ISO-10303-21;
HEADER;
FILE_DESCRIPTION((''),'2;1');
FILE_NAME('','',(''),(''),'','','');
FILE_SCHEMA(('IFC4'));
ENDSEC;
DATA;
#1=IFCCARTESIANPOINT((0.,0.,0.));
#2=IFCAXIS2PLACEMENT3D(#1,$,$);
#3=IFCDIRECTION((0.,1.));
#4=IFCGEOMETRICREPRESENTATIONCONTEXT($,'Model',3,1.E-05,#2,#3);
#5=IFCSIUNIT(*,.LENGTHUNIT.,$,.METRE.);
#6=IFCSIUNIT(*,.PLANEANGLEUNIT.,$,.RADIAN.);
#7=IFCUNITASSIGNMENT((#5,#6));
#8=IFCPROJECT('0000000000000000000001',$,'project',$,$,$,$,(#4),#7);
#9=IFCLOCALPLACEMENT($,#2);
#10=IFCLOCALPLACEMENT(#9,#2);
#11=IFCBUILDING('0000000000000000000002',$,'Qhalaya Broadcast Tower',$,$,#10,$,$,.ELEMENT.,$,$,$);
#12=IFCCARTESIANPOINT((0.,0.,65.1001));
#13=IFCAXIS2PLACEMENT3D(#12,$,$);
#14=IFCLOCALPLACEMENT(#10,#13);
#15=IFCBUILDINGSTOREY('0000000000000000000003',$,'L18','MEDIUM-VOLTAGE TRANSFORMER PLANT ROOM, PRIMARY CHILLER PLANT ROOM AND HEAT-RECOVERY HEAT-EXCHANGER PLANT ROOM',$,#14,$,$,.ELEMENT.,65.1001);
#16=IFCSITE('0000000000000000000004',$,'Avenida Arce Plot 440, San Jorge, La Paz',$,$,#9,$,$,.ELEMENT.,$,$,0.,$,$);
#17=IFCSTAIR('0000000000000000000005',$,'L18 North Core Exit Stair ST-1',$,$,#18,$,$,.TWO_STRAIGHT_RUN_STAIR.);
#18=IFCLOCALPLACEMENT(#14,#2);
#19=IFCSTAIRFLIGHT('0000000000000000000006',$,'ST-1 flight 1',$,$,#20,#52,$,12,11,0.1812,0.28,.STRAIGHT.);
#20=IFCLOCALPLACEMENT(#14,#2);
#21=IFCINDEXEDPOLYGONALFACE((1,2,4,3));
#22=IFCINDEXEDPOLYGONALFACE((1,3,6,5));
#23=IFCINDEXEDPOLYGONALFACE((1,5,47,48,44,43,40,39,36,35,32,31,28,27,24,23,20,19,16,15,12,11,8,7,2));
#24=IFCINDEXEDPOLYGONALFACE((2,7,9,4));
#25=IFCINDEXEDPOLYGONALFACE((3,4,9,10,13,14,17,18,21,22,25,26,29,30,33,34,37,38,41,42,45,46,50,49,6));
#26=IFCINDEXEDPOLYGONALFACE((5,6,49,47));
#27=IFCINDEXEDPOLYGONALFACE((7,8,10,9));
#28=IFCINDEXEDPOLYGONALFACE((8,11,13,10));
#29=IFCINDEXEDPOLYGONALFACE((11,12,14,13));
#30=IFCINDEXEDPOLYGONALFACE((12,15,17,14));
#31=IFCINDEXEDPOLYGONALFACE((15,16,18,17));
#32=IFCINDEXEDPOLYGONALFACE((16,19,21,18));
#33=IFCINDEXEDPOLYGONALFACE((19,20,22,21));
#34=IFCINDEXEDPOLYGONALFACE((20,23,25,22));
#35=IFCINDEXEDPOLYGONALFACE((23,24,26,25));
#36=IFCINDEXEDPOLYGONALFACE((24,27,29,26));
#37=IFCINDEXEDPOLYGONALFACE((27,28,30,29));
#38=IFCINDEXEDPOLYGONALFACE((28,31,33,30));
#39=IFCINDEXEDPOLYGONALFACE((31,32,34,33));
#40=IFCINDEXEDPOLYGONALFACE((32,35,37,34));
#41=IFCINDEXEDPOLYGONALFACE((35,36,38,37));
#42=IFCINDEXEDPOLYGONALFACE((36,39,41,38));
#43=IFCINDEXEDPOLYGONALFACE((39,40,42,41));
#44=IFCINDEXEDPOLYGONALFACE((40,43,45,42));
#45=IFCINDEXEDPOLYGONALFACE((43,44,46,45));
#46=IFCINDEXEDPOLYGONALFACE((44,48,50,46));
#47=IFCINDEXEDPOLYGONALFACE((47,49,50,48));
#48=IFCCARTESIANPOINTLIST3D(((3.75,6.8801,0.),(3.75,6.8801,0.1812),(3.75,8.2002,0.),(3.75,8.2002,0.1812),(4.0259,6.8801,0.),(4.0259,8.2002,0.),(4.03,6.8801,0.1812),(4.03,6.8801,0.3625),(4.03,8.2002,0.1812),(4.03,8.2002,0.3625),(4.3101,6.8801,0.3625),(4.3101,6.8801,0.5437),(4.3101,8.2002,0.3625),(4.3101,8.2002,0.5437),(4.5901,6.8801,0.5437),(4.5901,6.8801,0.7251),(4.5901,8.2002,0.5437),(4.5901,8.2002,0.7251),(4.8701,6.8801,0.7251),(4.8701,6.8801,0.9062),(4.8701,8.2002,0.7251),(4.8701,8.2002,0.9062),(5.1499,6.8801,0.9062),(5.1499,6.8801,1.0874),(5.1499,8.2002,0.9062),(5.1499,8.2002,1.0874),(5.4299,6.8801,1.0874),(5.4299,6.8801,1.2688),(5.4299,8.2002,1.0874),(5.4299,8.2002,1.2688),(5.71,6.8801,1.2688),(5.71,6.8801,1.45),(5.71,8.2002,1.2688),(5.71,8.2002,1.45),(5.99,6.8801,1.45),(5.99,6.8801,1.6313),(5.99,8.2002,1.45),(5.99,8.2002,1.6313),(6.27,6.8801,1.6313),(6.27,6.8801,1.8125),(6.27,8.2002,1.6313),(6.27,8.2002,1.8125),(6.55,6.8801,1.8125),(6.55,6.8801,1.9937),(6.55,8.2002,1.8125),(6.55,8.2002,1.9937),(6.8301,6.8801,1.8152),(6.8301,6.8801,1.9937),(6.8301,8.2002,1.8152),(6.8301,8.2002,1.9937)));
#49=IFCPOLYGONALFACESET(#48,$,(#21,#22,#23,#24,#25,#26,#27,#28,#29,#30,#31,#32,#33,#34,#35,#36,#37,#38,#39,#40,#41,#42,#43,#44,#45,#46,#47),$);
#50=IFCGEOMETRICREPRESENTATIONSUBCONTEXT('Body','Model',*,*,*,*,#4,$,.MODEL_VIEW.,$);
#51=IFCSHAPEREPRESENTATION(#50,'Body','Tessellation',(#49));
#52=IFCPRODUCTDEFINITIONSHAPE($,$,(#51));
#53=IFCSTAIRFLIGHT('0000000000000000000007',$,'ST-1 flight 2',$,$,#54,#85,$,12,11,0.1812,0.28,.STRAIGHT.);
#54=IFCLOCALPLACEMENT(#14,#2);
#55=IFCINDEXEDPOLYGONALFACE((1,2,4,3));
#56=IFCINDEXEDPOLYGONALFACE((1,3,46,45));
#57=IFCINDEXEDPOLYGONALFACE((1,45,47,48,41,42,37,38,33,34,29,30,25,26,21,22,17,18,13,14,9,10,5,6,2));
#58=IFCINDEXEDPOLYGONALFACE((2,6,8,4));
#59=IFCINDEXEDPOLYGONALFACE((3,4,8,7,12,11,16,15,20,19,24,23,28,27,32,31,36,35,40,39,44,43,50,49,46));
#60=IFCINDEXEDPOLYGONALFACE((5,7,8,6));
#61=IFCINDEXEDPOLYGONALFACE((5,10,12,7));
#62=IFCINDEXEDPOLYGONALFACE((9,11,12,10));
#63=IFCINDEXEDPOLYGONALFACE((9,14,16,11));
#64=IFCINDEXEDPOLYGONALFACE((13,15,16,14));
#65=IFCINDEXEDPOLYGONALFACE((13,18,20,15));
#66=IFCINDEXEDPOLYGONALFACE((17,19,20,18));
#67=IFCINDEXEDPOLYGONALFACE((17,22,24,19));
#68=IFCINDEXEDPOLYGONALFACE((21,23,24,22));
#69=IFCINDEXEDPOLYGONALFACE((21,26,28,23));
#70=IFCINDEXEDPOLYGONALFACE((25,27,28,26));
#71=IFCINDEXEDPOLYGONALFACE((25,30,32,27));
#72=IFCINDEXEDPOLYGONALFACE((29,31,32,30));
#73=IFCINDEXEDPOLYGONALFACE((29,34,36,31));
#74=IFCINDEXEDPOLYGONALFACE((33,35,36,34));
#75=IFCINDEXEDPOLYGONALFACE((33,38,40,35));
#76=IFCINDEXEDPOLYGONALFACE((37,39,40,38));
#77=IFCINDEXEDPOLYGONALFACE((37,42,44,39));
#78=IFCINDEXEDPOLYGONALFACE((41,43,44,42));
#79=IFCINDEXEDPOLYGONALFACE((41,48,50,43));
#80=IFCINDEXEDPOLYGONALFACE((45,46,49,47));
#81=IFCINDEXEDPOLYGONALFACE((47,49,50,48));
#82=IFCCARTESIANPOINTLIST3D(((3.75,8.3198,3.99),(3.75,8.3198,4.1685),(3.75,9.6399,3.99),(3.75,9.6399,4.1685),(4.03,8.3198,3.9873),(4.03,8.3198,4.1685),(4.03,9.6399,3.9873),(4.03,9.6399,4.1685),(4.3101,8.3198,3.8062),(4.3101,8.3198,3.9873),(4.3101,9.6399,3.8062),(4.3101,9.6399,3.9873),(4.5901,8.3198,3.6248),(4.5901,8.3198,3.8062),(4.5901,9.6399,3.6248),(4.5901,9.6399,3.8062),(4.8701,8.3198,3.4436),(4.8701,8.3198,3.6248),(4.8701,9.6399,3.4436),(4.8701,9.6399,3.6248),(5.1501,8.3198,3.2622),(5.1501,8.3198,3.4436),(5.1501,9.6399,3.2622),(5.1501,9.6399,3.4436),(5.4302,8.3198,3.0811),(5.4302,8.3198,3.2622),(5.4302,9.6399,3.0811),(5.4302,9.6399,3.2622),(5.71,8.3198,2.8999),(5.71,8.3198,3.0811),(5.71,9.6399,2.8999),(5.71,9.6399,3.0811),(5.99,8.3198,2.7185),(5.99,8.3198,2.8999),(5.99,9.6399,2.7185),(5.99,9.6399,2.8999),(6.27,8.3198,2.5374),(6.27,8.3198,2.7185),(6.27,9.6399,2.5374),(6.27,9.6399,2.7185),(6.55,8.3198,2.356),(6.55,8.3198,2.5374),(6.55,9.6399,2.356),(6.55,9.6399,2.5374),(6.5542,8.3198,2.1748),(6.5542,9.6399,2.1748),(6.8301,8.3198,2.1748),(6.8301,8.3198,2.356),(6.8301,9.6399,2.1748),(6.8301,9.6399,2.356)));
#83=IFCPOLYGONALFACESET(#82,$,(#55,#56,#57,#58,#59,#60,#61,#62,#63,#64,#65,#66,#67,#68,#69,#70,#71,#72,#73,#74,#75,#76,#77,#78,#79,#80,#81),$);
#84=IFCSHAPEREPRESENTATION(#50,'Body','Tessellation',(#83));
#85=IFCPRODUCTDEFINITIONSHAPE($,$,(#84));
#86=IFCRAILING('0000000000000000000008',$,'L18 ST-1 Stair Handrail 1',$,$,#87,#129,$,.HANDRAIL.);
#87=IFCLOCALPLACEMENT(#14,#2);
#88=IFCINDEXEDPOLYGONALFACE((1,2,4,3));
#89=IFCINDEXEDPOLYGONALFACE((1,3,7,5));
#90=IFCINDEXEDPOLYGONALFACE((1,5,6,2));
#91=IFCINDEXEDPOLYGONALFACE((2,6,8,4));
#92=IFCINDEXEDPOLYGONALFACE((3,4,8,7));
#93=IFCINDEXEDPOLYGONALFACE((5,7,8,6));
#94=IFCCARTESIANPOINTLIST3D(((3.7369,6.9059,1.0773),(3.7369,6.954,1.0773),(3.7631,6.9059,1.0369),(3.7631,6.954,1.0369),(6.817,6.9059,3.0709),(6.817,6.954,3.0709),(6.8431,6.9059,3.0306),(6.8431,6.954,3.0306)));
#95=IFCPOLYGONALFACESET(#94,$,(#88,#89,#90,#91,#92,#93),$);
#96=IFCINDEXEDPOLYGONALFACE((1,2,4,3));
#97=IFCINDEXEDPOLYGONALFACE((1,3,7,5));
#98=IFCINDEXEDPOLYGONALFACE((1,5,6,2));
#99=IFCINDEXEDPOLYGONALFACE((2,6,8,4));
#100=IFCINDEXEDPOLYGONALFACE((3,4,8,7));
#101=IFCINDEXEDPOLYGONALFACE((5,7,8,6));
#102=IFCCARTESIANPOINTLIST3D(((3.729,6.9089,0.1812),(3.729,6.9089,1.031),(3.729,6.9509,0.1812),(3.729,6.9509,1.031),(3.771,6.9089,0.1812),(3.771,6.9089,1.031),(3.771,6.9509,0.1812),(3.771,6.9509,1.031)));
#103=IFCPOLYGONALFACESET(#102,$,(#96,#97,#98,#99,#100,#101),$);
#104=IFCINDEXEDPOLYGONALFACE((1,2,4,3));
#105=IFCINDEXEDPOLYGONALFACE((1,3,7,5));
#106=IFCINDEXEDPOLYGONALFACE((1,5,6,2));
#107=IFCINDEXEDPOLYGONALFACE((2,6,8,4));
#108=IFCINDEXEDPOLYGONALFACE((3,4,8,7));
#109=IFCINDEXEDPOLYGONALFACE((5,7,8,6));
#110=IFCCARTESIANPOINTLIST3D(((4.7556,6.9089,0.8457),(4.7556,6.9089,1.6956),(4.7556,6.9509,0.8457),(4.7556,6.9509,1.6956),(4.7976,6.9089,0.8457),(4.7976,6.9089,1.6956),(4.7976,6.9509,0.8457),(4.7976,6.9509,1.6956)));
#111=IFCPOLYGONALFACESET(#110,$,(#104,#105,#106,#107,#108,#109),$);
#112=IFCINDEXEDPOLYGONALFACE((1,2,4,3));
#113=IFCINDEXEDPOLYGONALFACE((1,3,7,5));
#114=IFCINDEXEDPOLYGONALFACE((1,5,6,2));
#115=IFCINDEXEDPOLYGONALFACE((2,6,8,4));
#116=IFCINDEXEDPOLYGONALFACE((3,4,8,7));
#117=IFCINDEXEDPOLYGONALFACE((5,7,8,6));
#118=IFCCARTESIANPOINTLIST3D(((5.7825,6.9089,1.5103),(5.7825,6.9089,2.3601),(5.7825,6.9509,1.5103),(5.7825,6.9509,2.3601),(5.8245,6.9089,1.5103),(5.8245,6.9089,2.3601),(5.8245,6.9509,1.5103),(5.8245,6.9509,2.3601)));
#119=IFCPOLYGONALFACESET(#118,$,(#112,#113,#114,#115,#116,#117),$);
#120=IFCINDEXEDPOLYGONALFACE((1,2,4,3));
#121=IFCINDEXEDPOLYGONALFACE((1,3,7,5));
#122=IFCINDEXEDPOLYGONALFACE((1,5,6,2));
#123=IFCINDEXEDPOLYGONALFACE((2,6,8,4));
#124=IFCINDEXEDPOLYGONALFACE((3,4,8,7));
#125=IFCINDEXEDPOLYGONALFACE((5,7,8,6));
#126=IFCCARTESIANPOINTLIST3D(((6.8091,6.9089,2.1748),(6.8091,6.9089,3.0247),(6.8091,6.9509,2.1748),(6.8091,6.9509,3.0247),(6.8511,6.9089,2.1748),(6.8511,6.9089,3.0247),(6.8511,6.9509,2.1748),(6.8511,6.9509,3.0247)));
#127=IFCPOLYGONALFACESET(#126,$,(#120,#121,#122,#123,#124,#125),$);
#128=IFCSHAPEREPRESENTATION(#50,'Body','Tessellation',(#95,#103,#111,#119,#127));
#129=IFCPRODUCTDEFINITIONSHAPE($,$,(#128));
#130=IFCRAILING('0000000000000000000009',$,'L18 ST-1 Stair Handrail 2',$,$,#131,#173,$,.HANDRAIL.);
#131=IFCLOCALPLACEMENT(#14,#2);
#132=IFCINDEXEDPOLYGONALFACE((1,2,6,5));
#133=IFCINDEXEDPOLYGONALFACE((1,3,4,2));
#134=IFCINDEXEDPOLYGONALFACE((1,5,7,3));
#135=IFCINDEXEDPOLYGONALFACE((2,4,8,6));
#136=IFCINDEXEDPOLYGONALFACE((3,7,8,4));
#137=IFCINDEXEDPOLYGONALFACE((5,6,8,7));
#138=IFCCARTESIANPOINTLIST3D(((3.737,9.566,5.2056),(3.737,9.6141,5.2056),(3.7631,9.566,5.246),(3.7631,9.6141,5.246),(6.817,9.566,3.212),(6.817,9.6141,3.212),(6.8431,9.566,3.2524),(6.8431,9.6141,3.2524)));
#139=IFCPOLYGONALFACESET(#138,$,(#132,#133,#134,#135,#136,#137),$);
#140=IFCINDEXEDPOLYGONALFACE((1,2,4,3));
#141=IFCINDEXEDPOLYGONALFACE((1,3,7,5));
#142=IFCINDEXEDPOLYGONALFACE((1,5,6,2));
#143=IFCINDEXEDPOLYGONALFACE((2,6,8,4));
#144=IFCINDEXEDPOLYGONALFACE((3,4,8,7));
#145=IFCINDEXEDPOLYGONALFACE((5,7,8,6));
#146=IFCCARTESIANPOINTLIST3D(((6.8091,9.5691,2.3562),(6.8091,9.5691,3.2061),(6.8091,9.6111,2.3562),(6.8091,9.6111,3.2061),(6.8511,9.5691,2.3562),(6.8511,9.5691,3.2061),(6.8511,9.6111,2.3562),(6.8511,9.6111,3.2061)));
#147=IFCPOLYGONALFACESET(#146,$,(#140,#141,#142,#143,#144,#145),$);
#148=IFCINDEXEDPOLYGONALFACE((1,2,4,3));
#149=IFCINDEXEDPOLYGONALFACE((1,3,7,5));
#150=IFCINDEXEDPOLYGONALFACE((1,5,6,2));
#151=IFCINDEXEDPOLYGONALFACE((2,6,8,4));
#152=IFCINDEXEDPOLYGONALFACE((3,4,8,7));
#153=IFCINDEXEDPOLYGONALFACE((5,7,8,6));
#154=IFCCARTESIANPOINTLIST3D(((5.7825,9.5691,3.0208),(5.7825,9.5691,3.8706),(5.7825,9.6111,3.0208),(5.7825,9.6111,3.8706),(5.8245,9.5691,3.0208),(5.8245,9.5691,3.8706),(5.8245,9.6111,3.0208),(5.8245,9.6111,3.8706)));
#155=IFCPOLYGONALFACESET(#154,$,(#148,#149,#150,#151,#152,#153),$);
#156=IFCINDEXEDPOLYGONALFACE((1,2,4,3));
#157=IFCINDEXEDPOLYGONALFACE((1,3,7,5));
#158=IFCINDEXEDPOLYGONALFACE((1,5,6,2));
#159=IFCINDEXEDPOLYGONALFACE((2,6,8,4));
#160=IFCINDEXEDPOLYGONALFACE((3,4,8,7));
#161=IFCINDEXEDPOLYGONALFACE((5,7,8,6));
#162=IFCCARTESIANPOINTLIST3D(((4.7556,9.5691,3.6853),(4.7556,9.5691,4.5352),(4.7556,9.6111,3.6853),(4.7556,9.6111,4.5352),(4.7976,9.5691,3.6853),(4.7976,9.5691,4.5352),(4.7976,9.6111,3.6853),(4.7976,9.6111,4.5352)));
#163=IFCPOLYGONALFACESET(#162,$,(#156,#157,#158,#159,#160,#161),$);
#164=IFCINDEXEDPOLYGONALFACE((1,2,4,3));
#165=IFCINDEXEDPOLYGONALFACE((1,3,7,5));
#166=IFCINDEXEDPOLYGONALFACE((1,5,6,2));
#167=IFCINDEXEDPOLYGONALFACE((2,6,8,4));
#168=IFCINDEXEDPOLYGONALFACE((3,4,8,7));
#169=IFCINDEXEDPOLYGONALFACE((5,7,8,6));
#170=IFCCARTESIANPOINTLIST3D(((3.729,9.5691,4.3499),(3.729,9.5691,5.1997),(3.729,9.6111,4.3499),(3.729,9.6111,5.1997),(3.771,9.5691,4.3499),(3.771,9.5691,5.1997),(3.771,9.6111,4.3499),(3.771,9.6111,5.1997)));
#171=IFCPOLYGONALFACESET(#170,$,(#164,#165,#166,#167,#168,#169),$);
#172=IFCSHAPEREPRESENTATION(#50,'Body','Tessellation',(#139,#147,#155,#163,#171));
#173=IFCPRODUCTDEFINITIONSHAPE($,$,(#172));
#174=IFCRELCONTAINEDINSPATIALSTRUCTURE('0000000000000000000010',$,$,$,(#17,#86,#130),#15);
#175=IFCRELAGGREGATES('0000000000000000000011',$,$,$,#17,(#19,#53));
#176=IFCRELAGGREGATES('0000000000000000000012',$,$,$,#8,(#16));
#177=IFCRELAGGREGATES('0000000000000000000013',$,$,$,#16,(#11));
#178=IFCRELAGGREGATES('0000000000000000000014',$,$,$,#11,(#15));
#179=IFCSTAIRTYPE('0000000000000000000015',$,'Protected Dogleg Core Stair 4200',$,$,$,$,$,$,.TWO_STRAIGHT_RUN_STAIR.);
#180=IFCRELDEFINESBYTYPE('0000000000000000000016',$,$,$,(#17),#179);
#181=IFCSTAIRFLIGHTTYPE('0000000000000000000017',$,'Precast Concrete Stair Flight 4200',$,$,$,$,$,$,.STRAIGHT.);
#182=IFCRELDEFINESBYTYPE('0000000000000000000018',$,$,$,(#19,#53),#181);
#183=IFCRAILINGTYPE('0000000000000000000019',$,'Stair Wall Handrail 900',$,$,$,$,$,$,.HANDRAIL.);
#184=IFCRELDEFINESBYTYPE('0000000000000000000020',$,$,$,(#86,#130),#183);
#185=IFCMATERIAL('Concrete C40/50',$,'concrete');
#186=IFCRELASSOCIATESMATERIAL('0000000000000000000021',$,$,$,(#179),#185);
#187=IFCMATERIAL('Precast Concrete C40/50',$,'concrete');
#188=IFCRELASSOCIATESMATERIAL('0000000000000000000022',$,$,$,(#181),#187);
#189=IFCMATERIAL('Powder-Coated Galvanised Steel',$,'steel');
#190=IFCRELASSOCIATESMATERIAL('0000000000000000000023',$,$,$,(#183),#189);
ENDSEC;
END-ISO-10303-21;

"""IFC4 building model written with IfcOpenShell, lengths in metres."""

from ifc_helpers import new_model, si_unit, direction, frame, origin, origin_2d, place, context, subcontext, project, spatial, polyline, rectangle, outline, extrude, material, type_object, element, aggregate, save


model = new_model("IFC4")

# Units and contexts
model_context = context("Model", 3, precision=1e-05, world=origin(), true_north=direction((0.0, 1.0)))
body_context = subcontext(model_context, "Body", "Model", "MODEL_VIEW")
ifc_project = project(units=[si_unit("LENGTHUNIT", "METRE"), si_unit("PLANEANGLEUNIT", "RADIAN")], contexts=[model_context])

# Site, building, storey
site_placement = place(None, origin())
site = spatial("IfcSite", under=ifc_project, at=site_placement, Name="Avenida Arce Plot 440, San Jorge, La Paz", CompositionType="ELEMENT", RefElevation=0.0)
building_placement = place(site_placement, origin())
building = spatial("IfcBuilding", under=site, at=building_placement, Name="Qhalaya Broadcast Tower", CompositionType="ELEMENT")
storey_placement = place(building_placement, frame((0.0, 0.0, 65.1001)))
storey = spatial("IfcBuildingStorey", under=building, at=storey_placement, Name="L18", Description="MEDIUM-VOLTAGE TRANSFORMER PLANT ROOM, PRIMARY CHILLER PLANT ROOM AND HEAT-RECOVERY HEAT-EXCHANGER PLANT ROOM", CompositionType="ELEMENT", Elevation=65.1001)

# Stair, stair flights
ifc_material_1 = material(Name="Concrete C40/50", Category="concrete")
stair_type = type_object("IfcStairType", Name="Protected Dogleg Core Stair 4200", PredefinedType="TWO_STRAIGHT_RUN_STAIR", material=ifc_material_1)
stair_placement = place(storey_placement, origin())
stair = element("IfcStair", 1, at=stair_placement, inside=storey, type_object=stair_type, Name="L18 North Core Exit Stair ST-1", PredefinedType="TWO_STRAIGHT_RUN_STAIR")
ifc_material_2 = material(Name="Precast Concrete C40/50", Category="concrete")
stair_flight_type = type_object("IfcStairFlightType", Name="Precast Concrete Stair Flight 4200", PredefinedType="STRAIGHT", material=ifc_material_2)
stair_flight_1_placement = place(storey_placement, frame((3.75, 7.54, 0.0), z_axis=(0.0, 0.0, 1.0), x_axis=(1.0, 0.0, 0.0)))
stair_flight_1 = element("IfcStairFlight", 2, at=stair_flight_1_placement, type_object=stair_flight_type, Name="ST-1 flight 1", NumberOfRisers=12, NumberOfTreads=11, PredefinedType="STRAIGHT", RiserHeight=0.1812, TreadLength=0.28, context=body_context, shape_type="SweptSolid", body=[
    extrude(outline(polyline([(0.0, 0.0), (0.0, 0.1812), (0.28, 0.1812), (0.28, 0.3625), (0.5601, 0.3625), (0.5601, 0.5437), (0.8401, 0.5437), (0.8401, 0.7251), (1.1201, 0.7251), (1.1201, 0.9062), (1.3999, 0.9062), (1.3999, 1.0874), (1.6799, 1.0874), (1.6799, 1.2688), (1.96, 1.2688), (1.96, 1.45), (2.24, 1.45), (2.24, 1.6313), (2.52, 1.6313), (2.52, 1.8125), (2.8, 1.8125), (2.8, 1.9937), (3.0801, 1.9937), (3.0801, 2.175), (3.0801, 1.8152), (0.2759, 0.0), (0.0, 0.0)])), frame((0.0, 0.6602, 0.0), z_axis=(0.0, -1.0, 0.0), x_axis=(1.0, 0.0, 0.0)), (0.0, 0.0, 1.0), 1.3201),
])
stair_flight_2_placement = place(storey_placement, frame((6.8301, 8.98, 2.1748), z_axis=(0.0, 0.0, 1.0), x_axis=(-1.0, 0.0, 0.0)))
stair_flight_2 = element("IfcStairFlight", 3, at=stair_flight_2_placement, type_object=stair_flight_type, Name="ST-1 flight 2", NumberOfRisers=12, NumberOfTreads=11, PredefinedType="STRAIGHT", RiserHeight=0.1812, TreadLength=0.28, context=body_context, shape_type="SweptSolid", body=[
    extrude(outline(polyline([(0.0, 0.0), (0.0, 0.1812), (0.28, 0.1812), (0.28, 0.3625), (0.5601, 0.3625), (0.5601, 0.5437), (0.8401, 0.5437), (0.8401, 0.7251), (1.1201, 0.7251), (1.1201, 0.9062), (1.3999, 0.9062), (1.3999, 1.0874), (1.6799, 1.0874), (1.6799, 1.2688), (1.96, 1.2688), (1.96, 1.45), (2.24, 1.45), (2.24, 1.6313), (2.52, 1.6313), (2.52, 1.8125), (2.8, 1.8125), (2.8, 1.9937), (3.0801, 1.9937), (3.0801, 2.175), (3.0801, 1.8152), (0.2759, 0.0), (0.0, 0.0)])), frame((0.0, 0.6602, 0.0), z_axis=(0.0, -1.0, 0.0), x_axis=(1.0, 0.0, 0.0)), (0.0, 0.0, 1.0), 1.3201),
])
aggregate(stair, [stair_flight_1, stair_flight_2])

# Railings
ifc_material_3 = material(Name="Powder-Coated Galvanised Steel", Category="steel")
railing_type_1 = type_object("IfcRailingType", Name="Stair Wall Handrail 900", PredefinedType="HANDRAIL", material=ifc_material_3)
railing_1_placement = place(storey_placement, frame((3.75, 6.9299, 0.1812)))
element("IfcRailing", 4, at=railing_1_placement, inside=storey, type_object=railing_type_1, Name="L18 ST-1 Stair Handrail 1", PredefinedType="HANDRAIL", context=body_context, shape_type="SweptSolid", body=[
    extrude(rectangle(XDim=0.0481, YDim=0.0481, at=origin_2d()), frame((0.0, 0.0, 0.876), z_axis=(0.839488, 0.0, 0.543378), x_axis=(0.0, 1.0, 0.0)), (0.0, 0.0, 1.0), 3.6689),
    extrude(rectangle(XDim=0.042, YDim=0.042, at=origin_2d()), origin(), (0.0, 0.0, 1.0), 0.8499),
    extrude(rectangle(XDim=0.042, YDim=0.042, at=origin_2d()), frame((1.0266, 0.0, 0.6646)), (0.0, 0.0, 1.0), 0.8499),
    extrude(rectangle(XDim=0.042, YDim=0.042, at=origin_2d()), frame((2.0535, 0.0, 1.3291)), (0.0, 0.0, 1.0), 0.8499),
    extrude(rectangle(XDim=0.042, YDim=0.042, at=origin_2d()), frame((3.0801, 0.0, 1.9937)), (0.0, 0.0, 1.0), 0.8499),
])
railing_2_placement = place(storey_placement, frame((6.8301, 9.5901, 2.3562)))
element("IfcRailing", 5, at=railing_2_placement, inside=storey, type_object=railing_type_1, Name="L18 ST-1 Stair Handrail 2", PredefinedType="HANDRAIL", context=body_context, shape_type="SweptSolid", body=[
    extrude(rectangle(XDim=0.0481, YDim=0.0481, at=origin_2d()), frame((0.0, 0.0, 0.876), z_axis=(-0.839488, 0.0, 0.543378), x_axis=(0.0, -1.0, 0.0)), (0.0, 0.0, 1.0), 3.6689),
    extrude(rectangle(XDim=0.042, YDim=0.042, at=origin_2d()), origin(), (0.0, 0.0, 1.0), 0.8499),
    extrude(rectangle(XDim=0.042, YDim=0.042, at=origin_2d()), frame((-1.0266, 0.0, 0.6646)), (0.0, 0.0, 1.0), 0.8499),
    extrude(rectangle(XDim=0.042, YDim=0.042, at=origin_2d()), frame((-2.0535, 0.0, 1.3291)), (0.0, 0.0, 1.0), 0.8499),
    extrude(rectangle(XDim=0.042, YDim=0.042, at=origin_2d()), frame((-3.0801, 0.0, 1.9937)), (0.0, 0.0, 1.0), 0.8499),
])

save(model, "model.ifc")
